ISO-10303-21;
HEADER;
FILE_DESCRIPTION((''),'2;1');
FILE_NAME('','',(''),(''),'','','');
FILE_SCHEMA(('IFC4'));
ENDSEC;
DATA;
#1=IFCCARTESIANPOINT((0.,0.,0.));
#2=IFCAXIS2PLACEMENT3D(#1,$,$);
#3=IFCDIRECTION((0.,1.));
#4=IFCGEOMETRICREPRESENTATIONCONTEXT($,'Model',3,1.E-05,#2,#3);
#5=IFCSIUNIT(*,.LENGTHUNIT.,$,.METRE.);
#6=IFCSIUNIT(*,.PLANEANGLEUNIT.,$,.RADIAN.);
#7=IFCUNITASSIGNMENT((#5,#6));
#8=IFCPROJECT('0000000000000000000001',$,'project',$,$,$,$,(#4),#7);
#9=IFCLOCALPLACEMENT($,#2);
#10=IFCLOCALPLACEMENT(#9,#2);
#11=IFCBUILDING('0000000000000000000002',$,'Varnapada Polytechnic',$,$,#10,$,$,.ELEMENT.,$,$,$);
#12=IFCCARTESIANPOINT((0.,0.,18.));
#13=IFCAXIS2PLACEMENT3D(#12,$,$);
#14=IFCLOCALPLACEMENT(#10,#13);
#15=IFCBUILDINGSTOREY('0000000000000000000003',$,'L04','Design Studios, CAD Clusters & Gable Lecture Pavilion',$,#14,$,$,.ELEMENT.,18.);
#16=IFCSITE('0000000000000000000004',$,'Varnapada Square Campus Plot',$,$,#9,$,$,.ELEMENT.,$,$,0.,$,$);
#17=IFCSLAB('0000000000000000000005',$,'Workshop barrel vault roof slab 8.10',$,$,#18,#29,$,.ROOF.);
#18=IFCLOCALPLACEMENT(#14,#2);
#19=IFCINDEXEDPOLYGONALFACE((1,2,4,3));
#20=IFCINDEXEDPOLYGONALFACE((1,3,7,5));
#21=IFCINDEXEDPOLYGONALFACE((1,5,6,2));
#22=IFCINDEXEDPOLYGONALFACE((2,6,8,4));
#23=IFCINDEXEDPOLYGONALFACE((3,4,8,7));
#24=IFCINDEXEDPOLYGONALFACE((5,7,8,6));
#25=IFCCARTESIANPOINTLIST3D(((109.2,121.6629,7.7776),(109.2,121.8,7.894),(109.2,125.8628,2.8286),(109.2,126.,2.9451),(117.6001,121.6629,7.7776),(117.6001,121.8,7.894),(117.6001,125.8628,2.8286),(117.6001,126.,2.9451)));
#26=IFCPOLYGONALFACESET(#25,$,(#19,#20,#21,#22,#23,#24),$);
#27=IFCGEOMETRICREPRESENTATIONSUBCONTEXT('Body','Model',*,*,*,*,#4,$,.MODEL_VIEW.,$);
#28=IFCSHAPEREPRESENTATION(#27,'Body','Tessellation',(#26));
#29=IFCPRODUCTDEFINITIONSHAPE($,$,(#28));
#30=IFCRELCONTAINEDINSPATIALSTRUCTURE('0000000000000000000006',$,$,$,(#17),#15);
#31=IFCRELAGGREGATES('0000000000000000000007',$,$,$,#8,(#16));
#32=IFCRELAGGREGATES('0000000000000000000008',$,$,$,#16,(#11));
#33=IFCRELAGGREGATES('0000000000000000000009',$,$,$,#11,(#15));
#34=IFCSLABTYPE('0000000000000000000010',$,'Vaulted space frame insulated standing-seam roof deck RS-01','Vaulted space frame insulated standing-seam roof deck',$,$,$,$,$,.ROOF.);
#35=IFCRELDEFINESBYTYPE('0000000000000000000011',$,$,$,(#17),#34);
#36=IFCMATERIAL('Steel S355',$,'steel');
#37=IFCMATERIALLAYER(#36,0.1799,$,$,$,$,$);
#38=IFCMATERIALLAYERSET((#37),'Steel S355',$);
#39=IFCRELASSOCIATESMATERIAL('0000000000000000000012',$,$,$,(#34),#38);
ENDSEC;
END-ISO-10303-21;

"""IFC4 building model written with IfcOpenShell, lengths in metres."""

from ifc_helpers import new_model, si_unit, direction, frame, origin, place, context, subcontext, project, spatial, polyline, outline, extrude, material, layer, layer_set, type_object, element, save


model = new_model("IFC4")

# Units and contexts
model_context = context("Model", 3, precision=1e-05, world=origin(), true_north=direction((0.0, 1.0)))
body_context = subcontext(model_context, "Body", "Model", "MODEL_VIEW")
ifc_project = project(units=[si_unit("LENGTHUNIT", "METRE"), si_unit("PLANEANGLEUNIT", "RADIAN")], contexts=[model_context])

# Site, building, storey
site_placement = place(None, origin())
site = spatial("IfcSite", under=ifc_project, at=site_placement, Name="Varnapada Square Campus Plot", CompositionType="ELEMENT", RefElevation=0.0)
building_placement = place(site_placement, origin())
building = spatial("IfcBuilding", under=site, at=building_placement, Name="Varnapada Polytechnic", CompositionType="ELEMENT")
storey_placement = place(building_placement, frame((0.0, 0.0, 18.0)))
storey = spatial("IfcBuildingStorey", under=building, at=storey_placement, Name="L04", Description="Design Studios, CAD Clusters & Gable Lecture Pavilion", CompositionType="ELEMENT", Elevation=18.0)

# Shared definitions
ifc_material = material(Name="Steel S355", Category="steel")

# Slab
ifc_layer_1 = layer(ifc_material, 0.1799)
ifc_layer_set_1 = layer_set([ifc_layer_1], Name="Steel S355")
slab_type = type_object("IfcSlabType", Name="Vaulted space frame insulated standing-seam roof deck RS-01", Description="Vaulted space frame insulated standing-seam roof deck", PredefinedType="ROOF", material=ifc_layer_set_1)
slab_1_placement = place(storey_placement, frame((109.2, 121.8, 7.894), z_axis=(0.0, 0.762447, 0.647051), x_axis=(1.0, 0.0, 0.0)))
element("IfcSlab", 1, at=slab_1_placement, inside=storey, type_object=slab_type, Name="Workshop barrel vault roof slab 8.10", PredefinedType="ROOF", context=body_context, shape_type="SweptSolid", body=[
    extrude(outline(polyline([(0.0, 0.0), (8.4001, 0.0), (8.4001, 6.4909), (0.0, 6.4909), (0.0, 0.0)])), origin(), (0.0, 0.0, -1.0), 0.1799),
])

save(model, "model.ifc")
